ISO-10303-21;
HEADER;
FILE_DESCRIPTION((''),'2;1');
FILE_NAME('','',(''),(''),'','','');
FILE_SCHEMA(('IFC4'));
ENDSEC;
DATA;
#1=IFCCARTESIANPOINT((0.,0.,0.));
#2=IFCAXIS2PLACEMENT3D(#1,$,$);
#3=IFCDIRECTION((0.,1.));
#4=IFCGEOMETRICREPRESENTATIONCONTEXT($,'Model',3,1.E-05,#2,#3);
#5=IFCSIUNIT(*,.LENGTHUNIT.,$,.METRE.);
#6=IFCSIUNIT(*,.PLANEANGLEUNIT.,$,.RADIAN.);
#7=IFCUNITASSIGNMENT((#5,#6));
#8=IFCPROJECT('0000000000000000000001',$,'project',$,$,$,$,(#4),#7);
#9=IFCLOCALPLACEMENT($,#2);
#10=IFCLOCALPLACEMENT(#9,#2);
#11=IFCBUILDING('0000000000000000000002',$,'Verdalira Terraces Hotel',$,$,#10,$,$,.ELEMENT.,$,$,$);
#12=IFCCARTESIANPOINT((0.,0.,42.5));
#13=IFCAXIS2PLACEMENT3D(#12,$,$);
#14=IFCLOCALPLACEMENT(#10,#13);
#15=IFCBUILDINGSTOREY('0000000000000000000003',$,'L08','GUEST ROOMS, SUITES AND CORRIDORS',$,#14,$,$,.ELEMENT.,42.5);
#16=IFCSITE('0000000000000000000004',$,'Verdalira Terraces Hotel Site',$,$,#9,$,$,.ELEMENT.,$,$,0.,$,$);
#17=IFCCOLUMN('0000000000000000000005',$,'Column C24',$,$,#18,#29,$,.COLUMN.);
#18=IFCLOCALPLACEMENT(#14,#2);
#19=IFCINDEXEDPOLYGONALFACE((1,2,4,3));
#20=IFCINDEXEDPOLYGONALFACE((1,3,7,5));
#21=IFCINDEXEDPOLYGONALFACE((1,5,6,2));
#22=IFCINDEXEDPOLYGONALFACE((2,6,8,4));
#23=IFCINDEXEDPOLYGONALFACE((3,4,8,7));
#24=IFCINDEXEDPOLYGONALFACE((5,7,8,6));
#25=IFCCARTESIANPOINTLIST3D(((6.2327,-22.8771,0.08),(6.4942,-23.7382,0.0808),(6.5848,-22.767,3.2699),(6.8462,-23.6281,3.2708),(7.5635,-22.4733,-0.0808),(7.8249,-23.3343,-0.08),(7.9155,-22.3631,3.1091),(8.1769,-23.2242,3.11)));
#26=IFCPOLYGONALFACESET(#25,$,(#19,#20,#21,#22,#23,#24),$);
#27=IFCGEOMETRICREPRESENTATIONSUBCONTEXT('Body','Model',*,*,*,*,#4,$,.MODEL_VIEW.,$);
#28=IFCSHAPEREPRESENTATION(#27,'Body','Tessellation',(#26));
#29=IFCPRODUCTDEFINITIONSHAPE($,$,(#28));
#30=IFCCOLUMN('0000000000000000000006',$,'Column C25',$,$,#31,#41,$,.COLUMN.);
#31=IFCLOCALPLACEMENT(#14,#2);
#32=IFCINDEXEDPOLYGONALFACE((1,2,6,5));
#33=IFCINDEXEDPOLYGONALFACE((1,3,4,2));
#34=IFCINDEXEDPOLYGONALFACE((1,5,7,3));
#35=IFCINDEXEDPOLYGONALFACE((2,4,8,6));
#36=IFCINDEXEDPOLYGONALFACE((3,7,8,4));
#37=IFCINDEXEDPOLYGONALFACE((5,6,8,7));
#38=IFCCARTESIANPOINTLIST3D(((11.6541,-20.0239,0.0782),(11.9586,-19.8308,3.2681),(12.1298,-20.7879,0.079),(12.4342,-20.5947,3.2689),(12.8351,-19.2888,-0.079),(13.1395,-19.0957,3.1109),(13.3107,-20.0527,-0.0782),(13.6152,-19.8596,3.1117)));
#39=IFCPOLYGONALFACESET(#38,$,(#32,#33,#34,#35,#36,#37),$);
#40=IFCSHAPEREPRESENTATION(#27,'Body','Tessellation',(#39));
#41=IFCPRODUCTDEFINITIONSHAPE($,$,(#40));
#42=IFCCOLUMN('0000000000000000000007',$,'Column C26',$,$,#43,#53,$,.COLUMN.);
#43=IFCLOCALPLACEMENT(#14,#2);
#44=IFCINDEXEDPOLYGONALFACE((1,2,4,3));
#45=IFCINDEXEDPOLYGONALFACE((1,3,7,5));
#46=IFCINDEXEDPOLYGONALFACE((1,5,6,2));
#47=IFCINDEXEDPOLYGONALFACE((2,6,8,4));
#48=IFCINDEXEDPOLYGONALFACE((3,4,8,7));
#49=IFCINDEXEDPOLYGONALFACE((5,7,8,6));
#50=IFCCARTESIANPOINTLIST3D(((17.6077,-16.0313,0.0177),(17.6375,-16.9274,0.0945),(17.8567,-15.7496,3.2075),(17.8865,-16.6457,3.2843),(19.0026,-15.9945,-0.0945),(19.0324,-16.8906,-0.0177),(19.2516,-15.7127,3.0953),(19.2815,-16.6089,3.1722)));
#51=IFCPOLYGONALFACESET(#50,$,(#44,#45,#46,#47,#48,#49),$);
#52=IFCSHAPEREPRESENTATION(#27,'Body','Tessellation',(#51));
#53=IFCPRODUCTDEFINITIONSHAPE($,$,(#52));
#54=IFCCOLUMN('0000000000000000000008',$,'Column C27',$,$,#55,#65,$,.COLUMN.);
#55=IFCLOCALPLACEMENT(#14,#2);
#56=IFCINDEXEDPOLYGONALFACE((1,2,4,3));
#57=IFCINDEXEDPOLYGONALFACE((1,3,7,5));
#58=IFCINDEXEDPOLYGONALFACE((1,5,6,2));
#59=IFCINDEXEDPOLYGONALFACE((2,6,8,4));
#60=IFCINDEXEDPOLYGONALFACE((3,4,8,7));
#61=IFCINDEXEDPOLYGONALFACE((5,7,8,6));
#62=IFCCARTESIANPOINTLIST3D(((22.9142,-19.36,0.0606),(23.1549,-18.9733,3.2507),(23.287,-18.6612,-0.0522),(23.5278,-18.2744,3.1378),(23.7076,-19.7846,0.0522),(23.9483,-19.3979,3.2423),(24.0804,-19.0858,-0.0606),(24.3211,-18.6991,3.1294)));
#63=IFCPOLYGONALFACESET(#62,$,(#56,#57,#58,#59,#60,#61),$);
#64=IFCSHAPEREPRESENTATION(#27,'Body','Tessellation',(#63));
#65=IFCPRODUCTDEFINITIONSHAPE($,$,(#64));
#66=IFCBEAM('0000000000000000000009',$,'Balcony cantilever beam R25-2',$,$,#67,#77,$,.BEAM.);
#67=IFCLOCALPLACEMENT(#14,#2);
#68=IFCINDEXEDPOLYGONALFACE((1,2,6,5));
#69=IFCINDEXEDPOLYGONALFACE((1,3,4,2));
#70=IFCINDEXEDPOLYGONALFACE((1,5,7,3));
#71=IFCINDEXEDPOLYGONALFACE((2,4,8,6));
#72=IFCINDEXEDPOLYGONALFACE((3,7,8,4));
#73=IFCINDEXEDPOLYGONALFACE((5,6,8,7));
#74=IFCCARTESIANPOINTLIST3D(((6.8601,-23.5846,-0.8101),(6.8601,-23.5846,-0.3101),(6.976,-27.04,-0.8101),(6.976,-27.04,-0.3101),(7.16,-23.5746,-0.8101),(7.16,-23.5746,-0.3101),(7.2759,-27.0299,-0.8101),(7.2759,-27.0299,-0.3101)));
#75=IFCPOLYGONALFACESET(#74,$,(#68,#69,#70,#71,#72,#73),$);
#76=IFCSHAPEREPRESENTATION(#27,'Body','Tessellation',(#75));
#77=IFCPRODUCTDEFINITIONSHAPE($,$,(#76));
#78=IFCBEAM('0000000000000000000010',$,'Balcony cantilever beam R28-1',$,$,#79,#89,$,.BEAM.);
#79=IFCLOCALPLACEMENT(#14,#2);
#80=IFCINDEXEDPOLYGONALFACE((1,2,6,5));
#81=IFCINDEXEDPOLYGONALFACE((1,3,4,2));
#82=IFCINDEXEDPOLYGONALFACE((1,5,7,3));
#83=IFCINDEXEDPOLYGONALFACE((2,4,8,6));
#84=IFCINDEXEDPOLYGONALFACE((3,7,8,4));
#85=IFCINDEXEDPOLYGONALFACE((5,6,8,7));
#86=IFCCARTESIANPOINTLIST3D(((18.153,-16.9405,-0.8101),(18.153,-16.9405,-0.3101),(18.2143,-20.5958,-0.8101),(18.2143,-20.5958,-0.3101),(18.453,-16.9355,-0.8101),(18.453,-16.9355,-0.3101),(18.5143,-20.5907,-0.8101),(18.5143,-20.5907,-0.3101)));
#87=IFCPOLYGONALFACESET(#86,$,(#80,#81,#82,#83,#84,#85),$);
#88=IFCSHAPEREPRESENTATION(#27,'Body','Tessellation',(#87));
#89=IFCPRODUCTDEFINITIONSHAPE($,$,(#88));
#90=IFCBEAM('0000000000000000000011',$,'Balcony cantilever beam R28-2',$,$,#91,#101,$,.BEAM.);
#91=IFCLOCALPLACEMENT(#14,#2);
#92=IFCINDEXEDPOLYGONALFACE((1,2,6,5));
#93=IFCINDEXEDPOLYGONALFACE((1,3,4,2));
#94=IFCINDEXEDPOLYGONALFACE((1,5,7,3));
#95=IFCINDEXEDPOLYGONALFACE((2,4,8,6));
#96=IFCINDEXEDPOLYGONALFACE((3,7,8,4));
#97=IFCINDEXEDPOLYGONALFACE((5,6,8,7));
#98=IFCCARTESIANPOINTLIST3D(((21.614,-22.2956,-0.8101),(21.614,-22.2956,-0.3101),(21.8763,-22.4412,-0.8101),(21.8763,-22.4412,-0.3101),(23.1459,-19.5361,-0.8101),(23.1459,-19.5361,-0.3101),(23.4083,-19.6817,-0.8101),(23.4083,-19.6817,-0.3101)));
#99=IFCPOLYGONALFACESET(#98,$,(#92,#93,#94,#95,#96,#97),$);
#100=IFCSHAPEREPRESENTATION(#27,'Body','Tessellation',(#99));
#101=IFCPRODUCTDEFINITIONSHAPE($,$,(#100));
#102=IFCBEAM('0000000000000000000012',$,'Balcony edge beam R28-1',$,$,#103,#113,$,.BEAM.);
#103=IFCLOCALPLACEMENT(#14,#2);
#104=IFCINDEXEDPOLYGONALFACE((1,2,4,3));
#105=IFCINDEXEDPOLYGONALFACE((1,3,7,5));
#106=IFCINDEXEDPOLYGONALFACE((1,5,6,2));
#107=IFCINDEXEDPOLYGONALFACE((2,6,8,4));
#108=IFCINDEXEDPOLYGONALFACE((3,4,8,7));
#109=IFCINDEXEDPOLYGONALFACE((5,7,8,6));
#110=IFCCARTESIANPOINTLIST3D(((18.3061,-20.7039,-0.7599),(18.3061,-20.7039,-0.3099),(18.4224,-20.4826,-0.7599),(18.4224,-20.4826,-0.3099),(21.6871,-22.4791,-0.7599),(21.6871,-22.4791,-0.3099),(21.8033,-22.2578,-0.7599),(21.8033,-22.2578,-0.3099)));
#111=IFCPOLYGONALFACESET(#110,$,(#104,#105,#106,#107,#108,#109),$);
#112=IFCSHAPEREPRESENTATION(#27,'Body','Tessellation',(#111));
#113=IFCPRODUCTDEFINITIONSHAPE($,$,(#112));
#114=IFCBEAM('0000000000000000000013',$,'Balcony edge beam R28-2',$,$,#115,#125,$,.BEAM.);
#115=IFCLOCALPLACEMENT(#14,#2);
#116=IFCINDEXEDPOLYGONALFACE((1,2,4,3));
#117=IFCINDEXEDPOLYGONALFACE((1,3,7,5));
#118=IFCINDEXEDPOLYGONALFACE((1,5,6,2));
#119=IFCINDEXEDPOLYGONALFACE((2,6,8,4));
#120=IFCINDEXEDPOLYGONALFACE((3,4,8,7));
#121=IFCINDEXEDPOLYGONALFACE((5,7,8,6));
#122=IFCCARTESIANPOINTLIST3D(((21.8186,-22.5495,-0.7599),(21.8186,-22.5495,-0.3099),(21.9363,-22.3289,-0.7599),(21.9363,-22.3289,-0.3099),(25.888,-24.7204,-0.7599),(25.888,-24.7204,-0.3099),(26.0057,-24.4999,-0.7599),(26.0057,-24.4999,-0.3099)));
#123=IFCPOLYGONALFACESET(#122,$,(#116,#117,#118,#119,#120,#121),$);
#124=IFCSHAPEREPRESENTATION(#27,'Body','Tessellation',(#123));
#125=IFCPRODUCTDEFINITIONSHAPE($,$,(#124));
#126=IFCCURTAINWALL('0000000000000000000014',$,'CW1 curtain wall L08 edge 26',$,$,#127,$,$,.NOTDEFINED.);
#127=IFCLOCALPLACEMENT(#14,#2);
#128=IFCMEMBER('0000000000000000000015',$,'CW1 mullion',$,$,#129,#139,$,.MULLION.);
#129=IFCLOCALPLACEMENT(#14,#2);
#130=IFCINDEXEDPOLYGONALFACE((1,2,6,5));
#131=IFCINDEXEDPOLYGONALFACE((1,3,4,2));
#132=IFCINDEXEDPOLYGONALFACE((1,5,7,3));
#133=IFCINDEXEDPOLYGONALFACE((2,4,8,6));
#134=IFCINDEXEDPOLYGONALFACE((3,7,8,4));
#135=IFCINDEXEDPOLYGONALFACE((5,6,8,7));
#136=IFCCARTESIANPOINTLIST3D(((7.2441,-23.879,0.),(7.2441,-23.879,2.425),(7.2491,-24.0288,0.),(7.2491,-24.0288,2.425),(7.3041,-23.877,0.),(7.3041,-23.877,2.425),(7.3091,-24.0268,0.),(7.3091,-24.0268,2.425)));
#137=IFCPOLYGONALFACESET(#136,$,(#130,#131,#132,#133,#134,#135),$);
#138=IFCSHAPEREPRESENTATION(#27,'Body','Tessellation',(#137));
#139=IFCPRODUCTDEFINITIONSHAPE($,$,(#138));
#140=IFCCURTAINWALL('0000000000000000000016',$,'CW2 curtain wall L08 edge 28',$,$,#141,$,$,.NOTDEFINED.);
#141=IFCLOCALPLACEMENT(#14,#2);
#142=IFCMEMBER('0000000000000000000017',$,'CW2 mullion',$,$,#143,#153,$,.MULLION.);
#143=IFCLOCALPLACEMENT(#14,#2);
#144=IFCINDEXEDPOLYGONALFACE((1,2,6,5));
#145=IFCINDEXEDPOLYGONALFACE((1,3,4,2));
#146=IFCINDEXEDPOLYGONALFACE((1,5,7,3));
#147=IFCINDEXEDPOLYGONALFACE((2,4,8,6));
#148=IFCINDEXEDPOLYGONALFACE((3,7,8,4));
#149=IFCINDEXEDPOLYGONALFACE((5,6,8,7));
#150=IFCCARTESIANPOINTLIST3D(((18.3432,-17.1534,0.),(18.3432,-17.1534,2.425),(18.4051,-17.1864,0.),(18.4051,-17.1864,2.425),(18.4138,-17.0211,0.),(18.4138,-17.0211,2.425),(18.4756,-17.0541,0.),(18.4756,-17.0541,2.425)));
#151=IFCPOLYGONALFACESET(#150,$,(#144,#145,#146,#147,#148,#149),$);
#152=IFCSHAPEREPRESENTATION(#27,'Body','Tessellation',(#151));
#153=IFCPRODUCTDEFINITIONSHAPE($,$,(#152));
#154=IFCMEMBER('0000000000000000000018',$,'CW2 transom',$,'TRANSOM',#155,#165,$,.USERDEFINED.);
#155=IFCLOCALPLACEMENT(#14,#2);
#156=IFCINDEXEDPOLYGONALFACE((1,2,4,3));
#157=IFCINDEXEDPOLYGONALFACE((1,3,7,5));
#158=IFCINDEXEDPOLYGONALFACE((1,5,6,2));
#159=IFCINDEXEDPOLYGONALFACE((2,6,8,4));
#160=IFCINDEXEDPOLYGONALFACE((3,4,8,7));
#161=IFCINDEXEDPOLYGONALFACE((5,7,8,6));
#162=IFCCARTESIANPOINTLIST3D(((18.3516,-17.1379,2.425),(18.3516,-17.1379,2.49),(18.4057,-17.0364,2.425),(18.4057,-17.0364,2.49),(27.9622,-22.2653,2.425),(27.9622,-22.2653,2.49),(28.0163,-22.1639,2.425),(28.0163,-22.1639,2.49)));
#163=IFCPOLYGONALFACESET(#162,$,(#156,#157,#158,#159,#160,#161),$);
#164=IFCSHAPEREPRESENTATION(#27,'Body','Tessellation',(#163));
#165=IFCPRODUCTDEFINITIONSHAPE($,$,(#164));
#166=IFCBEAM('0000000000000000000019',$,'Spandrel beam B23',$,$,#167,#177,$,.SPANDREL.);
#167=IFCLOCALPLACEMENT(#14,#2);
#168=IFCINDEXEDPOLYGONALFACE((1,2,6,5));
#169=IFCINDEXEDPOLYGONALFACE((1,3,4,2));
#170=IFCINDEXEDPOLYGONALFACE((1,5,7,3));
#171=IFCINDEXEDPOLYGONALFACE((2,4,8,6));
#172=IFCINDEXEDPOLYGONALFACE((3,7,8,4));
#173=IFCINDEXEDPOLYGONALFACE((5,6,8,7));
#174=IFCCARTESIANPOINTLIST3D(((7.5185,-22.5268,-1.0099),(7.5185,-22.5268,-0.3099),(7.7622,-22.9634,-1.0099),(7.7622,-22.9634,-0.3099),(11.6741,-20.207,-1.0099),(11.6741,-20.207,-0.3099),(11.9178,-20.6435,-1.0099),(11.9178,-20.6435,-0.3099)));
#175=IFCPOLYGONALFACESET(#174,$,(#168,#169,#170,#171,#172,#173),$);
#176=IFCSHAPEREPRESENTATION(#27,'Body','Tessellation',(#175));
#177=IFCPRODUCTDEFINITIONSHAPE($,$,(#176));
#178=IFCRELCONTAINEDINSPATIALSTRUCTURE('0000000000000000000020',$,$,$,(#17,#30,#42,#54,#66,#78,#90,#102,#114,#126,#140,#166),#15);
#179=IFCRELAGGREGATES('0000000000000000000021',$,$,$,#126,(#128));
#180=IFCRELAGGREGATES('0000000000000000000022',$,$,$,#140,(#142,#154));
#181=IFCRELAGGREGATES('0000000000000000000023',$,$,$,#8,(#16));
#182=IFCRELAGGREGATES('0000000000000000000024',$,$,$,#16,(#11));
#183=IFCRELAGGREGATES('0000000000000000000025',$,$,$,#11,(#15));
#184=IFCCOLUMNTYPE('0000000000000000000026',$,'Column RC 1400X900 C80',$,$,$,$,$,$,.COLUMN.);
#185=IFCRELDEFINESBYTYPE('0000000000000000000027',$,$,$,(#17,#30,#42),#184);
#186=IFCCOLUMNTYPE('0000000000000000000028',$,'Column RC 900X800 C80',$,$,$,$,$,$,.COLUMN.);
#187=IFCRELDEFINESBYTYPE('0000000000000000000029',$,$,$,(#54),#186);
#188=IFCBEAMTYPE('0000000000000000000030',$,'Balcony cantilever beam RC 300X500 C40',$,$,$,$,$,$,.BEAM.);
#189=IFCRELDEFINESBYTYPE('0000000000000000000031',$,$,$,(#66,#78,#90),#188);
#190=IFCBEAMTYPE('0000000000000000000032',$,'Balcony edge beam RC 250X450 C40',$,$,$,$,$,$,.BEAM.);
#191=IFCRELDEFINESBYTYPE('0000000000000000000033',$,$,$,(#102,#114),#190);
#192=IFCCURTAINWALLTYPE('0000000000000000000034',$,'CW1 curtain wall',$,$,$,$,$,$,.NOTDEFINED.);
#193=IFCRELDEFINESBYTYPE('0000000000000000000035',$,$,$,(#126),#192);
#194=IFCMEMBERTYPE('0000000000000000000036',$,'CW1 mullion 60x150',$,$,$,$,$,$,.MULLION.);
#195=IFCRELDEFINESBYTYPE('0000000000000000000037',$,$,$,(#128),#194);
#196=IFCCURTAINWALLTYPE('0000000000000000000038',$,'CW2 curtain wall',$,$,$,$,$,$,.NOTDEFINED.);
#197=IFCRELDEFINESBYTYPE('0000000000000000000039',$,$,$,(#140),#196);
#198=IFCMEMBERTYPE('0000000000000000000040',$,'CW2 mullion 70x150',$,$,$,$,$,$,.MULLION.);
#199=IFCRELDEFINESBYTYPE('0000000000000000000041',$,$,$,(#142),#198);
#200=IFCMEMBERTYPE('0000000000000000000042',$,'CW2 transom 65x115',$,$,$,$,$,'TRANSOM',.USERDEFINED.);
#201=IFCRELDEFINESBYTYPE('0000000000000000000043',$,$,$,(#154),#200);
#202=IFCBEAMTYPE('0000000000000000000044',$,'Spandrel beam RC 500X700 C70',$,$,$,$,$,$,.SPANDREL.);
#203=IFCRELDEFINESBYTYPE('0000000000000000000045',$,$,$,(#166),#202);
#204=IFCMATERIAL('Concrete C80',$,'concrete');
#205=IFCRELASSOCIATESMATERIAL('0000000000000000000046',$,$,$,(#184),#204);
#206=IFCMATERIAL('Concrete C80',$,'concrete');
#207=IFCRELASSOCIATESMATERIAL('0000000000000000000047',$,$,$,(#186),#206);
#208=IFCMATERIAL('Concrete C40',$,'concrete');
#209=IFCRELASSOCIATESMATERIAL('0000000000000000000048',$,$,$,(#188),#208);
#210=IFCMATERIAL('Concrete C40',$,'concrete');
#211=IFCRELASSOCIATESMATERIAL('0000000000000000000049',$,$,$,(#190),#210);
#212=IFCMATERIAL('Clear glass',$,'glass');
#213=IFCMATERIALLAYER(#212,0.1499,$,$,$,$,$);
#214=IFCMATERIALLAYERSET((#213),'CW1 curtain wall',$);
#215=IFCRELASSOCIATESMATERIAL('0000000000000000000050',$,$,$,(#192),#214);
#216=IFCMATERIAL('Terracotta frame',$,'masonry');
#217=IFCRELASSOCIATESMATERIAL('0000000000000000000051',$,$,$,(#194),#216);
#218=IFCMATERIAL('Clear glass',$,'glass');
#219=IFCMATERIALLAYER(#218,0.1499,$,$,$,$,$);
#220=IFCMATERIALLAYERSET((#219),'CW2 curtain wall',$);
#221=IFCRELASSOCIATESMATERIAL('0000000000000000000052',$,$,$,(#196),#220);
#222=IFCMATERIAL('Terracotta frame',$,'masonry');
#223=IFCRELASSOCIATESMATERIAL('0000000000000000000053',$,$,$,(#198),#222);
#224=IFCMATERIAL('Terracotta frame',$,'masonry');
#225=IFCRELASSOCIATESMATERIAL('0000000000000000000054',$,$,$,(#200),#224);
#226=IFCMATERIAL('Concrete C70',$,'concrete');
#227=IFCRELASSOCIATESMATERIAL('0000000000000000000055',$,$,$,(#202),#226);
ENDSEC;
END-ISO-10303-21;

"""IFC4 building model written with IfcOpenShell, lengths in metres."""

from ifc_helpers import new_model, si_unit, direction, frame, origin, origin_2d, place, context, subcontext, project, spatial, rectangle, extrude, material, layer, layer_set, material_profile, profile_set, type_object, element, aggregate, save


model = new_model("IFC4")

# Units and contexts
model_context = context("Model", 3, precision=1e-05, world=origin(), true_north=direction((0.0, 1.0)))
body_context = subcontext(model_context, "Body", "Model", "MODEL_VIEW")
ifc_project = project(units=[si_unit("LENGTHUNIT", "METRE"), si_unit("PLANEANGLEUNIT", "RADIAN")], contexts=[model_context])

# Site, building, storey
site_placement = place(None, origin())
site = spatial("IfcSite", under=ifc_project, at=site_placement, Name="Verdalira Terraces Hotel Site", CompositionType="ELEMENT", RefElevation=0.0)
building_placement = place(site_placement, origin())
building = spatial("IfcBuilding", under=site, at=building_placement, Name="Verdalira Terraces Hotel", CompositionType="ELEMENT")
storey_placement = place(building_placement, frame((0.0, 0.0, 42.5)))
storey = spatial("IfcBuildingStorey", under=building, at=storey_placement, Name="L08", Description="GUEST ROOMS, SUITES AND CORRIDORS", CompositionType="ELEMENT", Elevation=42.5)

# Columns
ifc_material_1 = material(Name="Concrete C80", Category="concrete")
ifc_material_profile_1 = material_profile(ifc_material_1, rectangle(XDim=1.3999, YDim=0.8999, at=origin_2d()), Name="RC 1400X900")
ifc_profile_set_1 = profile_set([ifc_material_profile_1], Name="Concrete C80")
column_type_1 = type_object("IfcColumnType", Name="Column RC 1400X900 C80", PredefinedType="COLUMN", material=ifc_profile_set_1)
column_1_placement = place(storey_placement, frame((7.0288, -23.1057, 0.0), z_axis=(0.109632, 0.034289, 0.993381), x_axis=(-0.950575, -0.288466, 0.114865)))
element("IfcColumn", 1, at=column_1_placement, inside=storey, type_object=column_type_1, Name="Column C24", PredefinedType="COLUMN", context=body_context, shape_type="SweptSolid", body=[
    extrude(rectangle(XDim=1.3999, YDim=0.8999, at=origin_2d()), origin(), (0.0, 0.0, 1.0), 3.2112),
])
column_2_placement = place(storey_placement, frame((12.4824, -20.0383, 0.0), z_axis=(0.094835, 0.060156, 0.993674), x_axis=(0.843586, 0.525121, -0.112301)))
element("IfcColumn", 2, at=column_2_placement, inside=storey, type_object=column_type_1, Name="Column C25", PredefinedType="COLUMN", context=body_context, shape_type="SweptSolid", body=[
    extrude(rectangle(XDim=1.3999, YDim=0.8999, at=origin_2d()), origin(), (0.0, 0.0, 1.0), 3.2102),
])
column_3_placement = place(storey_placement, frame((18.3201, -16.4609, 0.0), z_axis=(0.077528, 0.087714, 0.993124), x_axis=(-0.996438, -0.026315, 0.080111)))
element("IfcColumn", 3, at=column_3_placement, inside=storey, type_object=column_type_1, Name="Column C26", PredefinedType="COLUMN", context=body_context, shape_type="SweptSolid", body=[
    extrude(rectangle(XDim=1.3999, YDim=0.8999, at=origin_2d()), origin(), (0.0, 0.0, 1.0), 3.2119),
])
ifc_material_2 = material(Name="Concrete C80", Category="concrete")
ifc_material_profile_2 = material_profile(ifc_material_2, rectangle(XDim=0.8999, YDim=0.8, at=origin_2d()), Name="RC 900X800")
ifc_profile_set_2 = profile_set([ifc_material_profile_2], Name="Concrete C80")
column_type_2 = type_object("IfcColumnType", Name="Column RC 900X800 C80", PredefinedType="COLUMN", material=ifc_profile_set_2)
column_4_placement = place(storey_placement, frame((23.4973, -19.2229, 0.0), z_axis=(0.074705, 0.120013, 0.989958), x_axis=(0.881628, -0.471853, -0.009327)))
element("IfcColumn", 4, at=column_4_placement, inside=storey, type_object=column_type_2, Name="Column C27", PredefinedType="COLUMN", context=body_context, shape_type="SweptSolid", body=[
    extrude(rectangle(XDim=0.8999, YDim=0.8, at=origin_2d()), origin(), (0.0, 0.0, 1.0), 3.2224),
])

# Beams
ifc_material_3 = material(Name="Concrete C40", Category="concrete")
ifc_material_profile_3 = material_profile(ifc_material_3, rectangle(XDim=0.3, YDim=0.5, at=origin_2d()), Name="RC 300X500")
ifc_profile_set_3 = profile_set([ifc_material_profile_3], Name="Concrete C40")
beam_type_1 = type_object("IfcBeamType", Name="Balcony cantilever beam RC 300X500 C40", PredefinedType="BEAM", material=ifc_profile_set_3)
beam_1_placement = place(storey_placement, frame((7.01, -23.5796, -0.5601), z_axis=(0.033543, -0.999437, 0.0), x_axis=(0.999437, 0.033543, 0.0)))
element("IfcBeam", 5, at=beam_1_placement, inside=storey, type_object=beam_type_1, Name="Balcony cantilever beam R25-2", PredefinedType="BEAM", context=body_context, shape_type="SweptSolid", body=[
    extrude(rectangle(XDim=0.3, YDim=0.5, at=origin_2d()), origin(), (0.0, 0.0, 1.0), 3.4573),
])
beam_2_placement = place(storey_placement, frame((18.303, -16.938, -0.5601), z_axis=(0.016762, -0.99986, 0.0), x_axis=(0.99986, 0.016762, 0.0)))
element("IfcBeam", 6, at=beam_2_placement, inside=storey, type_object=beam_type_1, Name="Balcony cantilever beam R28-1", PredefinedType="BEAM", context=body_context, shape_type="SweptSolid", body=[
    extrude(rectangle(XDim=0.3, YDim=0.5, at=origin_2d()), origin(), (0.0, 0.0, 1.0), 3.6558),
])
beam_3_placement = place(storey_placement, frame((23.2771, -19.6089, -0.5601), z_axis=(-0.48538, -0.874303, 0.0), x_axis=(0.874303, -0.48538, 0.0)))
element("IfcBeam", 7, at=beam_3_placement, inside=storey, type_object=beam_type_1, Name="Balcony cantilever beam R28-2", PredefinedType="BEAM", context=body_context, shape_type="SweptSolid", body=[
    extrude(rectangle(XDim=0.3, YDim=0.5, at=origin_2d()), origin(), (0.0, 0.0, 1.0), 3.1562),
])
ifc_material_4 = material(Name="Concrete C40", Category="concrete")
ifc_material_profile_4 = material_profile(ifc_material_4, rectangle(XDim=0.25, YDim=0.45, at=origin_2d()), Name="RC 250X450")
ifc_profile_set_4 = profile_set([ifc_material_profile_4], Name="Concrete C40")
beam_type_2 = type_object("IfcBeamType", Name="Balcony edge beam RC 250X450 C40", PredefinedType="BEAM", material=ifc_profile_set_4)
beam_4_placement = place(storey_placement, frame((18.3643, -20.5933, -0.5349), z_axis=(0.885377, -0.464874, 0.0), x_axis=(0.464874, 0.885377, 0.0)))
element("IfcBeam", 8, at=beam_4_placement, inside=storey, type_object=beam_type_2, Name="Balcony edge beam R28-1", PredefinedType="BEAM", context=body_context, shape_type="SweptSolid", body=[
    extrude(rectangle(XDim=0.25, YDim=0.45, at=origin_2d()), origin(), (0.0, 0.0, 1.0), 3.8186),
])
beam_5_placement = place(storey_placement, frame((21.8774, -22.4392, -0.5349), z_axis=(0.8823, -0.470687, 0.0), x_axis=(0.470687, 0.8823, 0.0)))
element("IfcBeam", 9, at=beam_5_placement, inside=storey, type_object=beam_type_2, Name="Balcony edge beam R28-2", PredefinedType="BEAM", context=body_context, shape_type="SweptSolid", body=[
    extrude(rectangle(XDim=0.25, YDim=0.45, at=origin_2d()), origin(), (0.0, 0.0, 1.0), 4.6123),
])

# Curtain wall, member
ifc_material_5 = material(Name="Clear glass", Category="glass")
ifc_layer_1 = layer(ifc_material_5, 0.1499)
ifc_layer_set_1 = layer_set([ifc_layer_1], Name="CW1 curtain wall")
curtain_wall_type_1 = type_object("IfcCurtainWallType", Name="CW1 curtain wall", PredefinedType="NOTDEFINED", material=ifc_layer_set_1)
curtain_wall_1_placement = place(storey_placement, origin())
curtain_wall_1 = element("IfcCurtainWall", 10, at=curtain_wall_1_placement, inside=storey, type_object=curtain_wall_type_1, Name="CW1 curtain wall L08 edge 26", PredefinedType="NOTDEFINED")
ifc_material_6 = material(Name="Terracotta frame", Category="masonry")
ifc_material_profile_5 = material_profile(ifc_material_6, rectangle(XDim=0.0601, YDim=0.1499, at=origin_2d()), Name="MU 60x150")
ifc_profile_set_5 = profile_set([ifc_material_profile_5], Name="Terracotta frame")
member_type_1 = type_object("IfcMemberType", Name="CW1 mullion 60x150", PredefinedType="MULLION", material=ifc_profile_set_5)
member_1_placement = place(storey_placement, frame((7.2766, -23.9529, 0.0), z_axis=(0.0, 0.0, 1.0), x_axis=(0.999439, 0.033504, 0.0)))
member_1 = element("IfcMember", 11, at=member_1_placement, type_object=member_type_1, Name="CW1 mullion", PredefinedType="MULLION", context=body_context, shape_type="SweptSolid", body=[
    extrude(rectangle(XDim=0.0601, YDim=0.1499, at=origin_2d()), origin(), (0.0, 0.0, 1.0), 2.425),
])
aggregate(curtain_wall_1, [member_1])

# Curtain wall, members
ifc_material_7 = material(Name="Clear glass", Category="glass")
ifc_layer_2 = layer(ifc_material_7, 0.1499)
ifc_layer_set_2 = layer_set([ifc_layer_2], Name="CW2 curtain wall")
curtain_wall_type_2 = type_object("IfcCurtainWallType", Name="CW2 curtain wall", PredefinedType="NOTDEFINED", material=ifc_layer_set_2)
curtain_wall_2_placement = place(storey_placement, origin())
curtain_wall_2 = element("IfcCurtainWall", 12, at=curtain_wall_2_placement, inside=storey, type_object=curtain_wall_type_2, Name="CW2 curtain wall L08 edge 28", PredefinedType="NOTDEFINED")
ifc_material_8 = material(Name="Terracotta frame", Category="masonry")
ifc_material_profile_6 = material_profile(ifc_material_8, rectangle(XDim=0.0701, YDim=0.1499, at=origin_2d()), Name="MU 70x150")
ifc_profile_set_6 = profile_set([ifc_material_profile_6], Name="Terracotta frame")
member_type_2 = type_object("IfcMemberType", Name="CW2 mullion 70x150", PredefinedType="MULLION", material=ifc_profile_set_6)
member_2_placement = place(storey_placement, frame((18.4094, -17.1038, 0.0), z_axis=(0.0, 0.0, 1.0), x_axis=(0.882291, -0.470704, 0.0)))
member_2 = element("IfcMember", 13, at=member_2_placement, type_object=member_type_2, Name="CW2 mullion", PredefinedType="MULLION", context=body_context, shape_type="SweptSolid", body=[
    extrude(rectangle(XDim=0.0701, YDim=0.1499, at=origin_2d()), origin(), (0.0, 0.0, 1.0), 2.425),
])
ifc_material_9 = material(Name="Terracotta frame", Category="masonry")
ifc_material_profile_7 = material_profile(ifc_material_9, rectangle(XDim=0.115, YDim=0.0649, at=origin_2d()), Name="TR 65x115")
ifc_profile_set_7 = profile_set([ifc_material_profile_7], Name="Terracotta frame")
member_type_3 = type_object("IfcMemberType", Name="CW2 transom 65x115", ElementType="TRANSOM", PredefinedType="USERDEFINED", material=ifc_profile_set_7)
member_3_placement = place(storey_placement, frame((18.3787, -17.0872, 2.4575), z_axis=(0.882285, -0.470716, 0.0), x_axis=(0.470716, 0.882285, 0.0)))
member_3 = element("IfcMember", 14, at=member_3_placement, type_object=member_type_3, Name="CW2 transom", ObjectType="TRANSOM", PredefinedType="USERDEFINED", context=body_context, shape_type="SweptSolid", body=[
    extrude(rectangle(XDim=0.115, YDim=0.0649, at=origin_2d()), origin(), (0.0, 0.0, 1.0), 10.8928),
])

# Beam
ifc_material_10 = material(Name="Concrete C70", Category="concrete")
ifc_material_profile_8 = material_profile(ifc_material_10, rectangle(XDim=0.5, YDim=0.7, at=origin_2d()), Name="RC 500X700")
ifc_profile_set_8 = profile_set([ifc_material_profile_8], Name="Concrete C70")
beam_type_3 = type_object("IfcBeamType", Name="Spandrel beam RC 500X700 C70", PredefinedType="SPANDREL", material=ifc_profile_set_8)
beam_6_placement = place(storey_placement, frame((7.6404, -22.7451, -0.6599), z_axis=(0.873156, 0.487441, 0.0), x_axis=(-0.487441, 0.873156, 0.0)))
element("IfcBeam", 15, at=beam_6_placement, inside=storey, type_object=beam_type_3, Name="Spandrel beam B23", PredefinedType="SPANDREL", context=body_context, shape_type="SweptSolid", body=[
    extrude(rectangle(XDim=0.5, YDim=0.7, at=origin_2d()), origin(), (0.0, 0.0, 1.0), 4.7593),
])

aggregate(curtain_wall_2, [member_2, member_3])

save(model, "model.ifc")
